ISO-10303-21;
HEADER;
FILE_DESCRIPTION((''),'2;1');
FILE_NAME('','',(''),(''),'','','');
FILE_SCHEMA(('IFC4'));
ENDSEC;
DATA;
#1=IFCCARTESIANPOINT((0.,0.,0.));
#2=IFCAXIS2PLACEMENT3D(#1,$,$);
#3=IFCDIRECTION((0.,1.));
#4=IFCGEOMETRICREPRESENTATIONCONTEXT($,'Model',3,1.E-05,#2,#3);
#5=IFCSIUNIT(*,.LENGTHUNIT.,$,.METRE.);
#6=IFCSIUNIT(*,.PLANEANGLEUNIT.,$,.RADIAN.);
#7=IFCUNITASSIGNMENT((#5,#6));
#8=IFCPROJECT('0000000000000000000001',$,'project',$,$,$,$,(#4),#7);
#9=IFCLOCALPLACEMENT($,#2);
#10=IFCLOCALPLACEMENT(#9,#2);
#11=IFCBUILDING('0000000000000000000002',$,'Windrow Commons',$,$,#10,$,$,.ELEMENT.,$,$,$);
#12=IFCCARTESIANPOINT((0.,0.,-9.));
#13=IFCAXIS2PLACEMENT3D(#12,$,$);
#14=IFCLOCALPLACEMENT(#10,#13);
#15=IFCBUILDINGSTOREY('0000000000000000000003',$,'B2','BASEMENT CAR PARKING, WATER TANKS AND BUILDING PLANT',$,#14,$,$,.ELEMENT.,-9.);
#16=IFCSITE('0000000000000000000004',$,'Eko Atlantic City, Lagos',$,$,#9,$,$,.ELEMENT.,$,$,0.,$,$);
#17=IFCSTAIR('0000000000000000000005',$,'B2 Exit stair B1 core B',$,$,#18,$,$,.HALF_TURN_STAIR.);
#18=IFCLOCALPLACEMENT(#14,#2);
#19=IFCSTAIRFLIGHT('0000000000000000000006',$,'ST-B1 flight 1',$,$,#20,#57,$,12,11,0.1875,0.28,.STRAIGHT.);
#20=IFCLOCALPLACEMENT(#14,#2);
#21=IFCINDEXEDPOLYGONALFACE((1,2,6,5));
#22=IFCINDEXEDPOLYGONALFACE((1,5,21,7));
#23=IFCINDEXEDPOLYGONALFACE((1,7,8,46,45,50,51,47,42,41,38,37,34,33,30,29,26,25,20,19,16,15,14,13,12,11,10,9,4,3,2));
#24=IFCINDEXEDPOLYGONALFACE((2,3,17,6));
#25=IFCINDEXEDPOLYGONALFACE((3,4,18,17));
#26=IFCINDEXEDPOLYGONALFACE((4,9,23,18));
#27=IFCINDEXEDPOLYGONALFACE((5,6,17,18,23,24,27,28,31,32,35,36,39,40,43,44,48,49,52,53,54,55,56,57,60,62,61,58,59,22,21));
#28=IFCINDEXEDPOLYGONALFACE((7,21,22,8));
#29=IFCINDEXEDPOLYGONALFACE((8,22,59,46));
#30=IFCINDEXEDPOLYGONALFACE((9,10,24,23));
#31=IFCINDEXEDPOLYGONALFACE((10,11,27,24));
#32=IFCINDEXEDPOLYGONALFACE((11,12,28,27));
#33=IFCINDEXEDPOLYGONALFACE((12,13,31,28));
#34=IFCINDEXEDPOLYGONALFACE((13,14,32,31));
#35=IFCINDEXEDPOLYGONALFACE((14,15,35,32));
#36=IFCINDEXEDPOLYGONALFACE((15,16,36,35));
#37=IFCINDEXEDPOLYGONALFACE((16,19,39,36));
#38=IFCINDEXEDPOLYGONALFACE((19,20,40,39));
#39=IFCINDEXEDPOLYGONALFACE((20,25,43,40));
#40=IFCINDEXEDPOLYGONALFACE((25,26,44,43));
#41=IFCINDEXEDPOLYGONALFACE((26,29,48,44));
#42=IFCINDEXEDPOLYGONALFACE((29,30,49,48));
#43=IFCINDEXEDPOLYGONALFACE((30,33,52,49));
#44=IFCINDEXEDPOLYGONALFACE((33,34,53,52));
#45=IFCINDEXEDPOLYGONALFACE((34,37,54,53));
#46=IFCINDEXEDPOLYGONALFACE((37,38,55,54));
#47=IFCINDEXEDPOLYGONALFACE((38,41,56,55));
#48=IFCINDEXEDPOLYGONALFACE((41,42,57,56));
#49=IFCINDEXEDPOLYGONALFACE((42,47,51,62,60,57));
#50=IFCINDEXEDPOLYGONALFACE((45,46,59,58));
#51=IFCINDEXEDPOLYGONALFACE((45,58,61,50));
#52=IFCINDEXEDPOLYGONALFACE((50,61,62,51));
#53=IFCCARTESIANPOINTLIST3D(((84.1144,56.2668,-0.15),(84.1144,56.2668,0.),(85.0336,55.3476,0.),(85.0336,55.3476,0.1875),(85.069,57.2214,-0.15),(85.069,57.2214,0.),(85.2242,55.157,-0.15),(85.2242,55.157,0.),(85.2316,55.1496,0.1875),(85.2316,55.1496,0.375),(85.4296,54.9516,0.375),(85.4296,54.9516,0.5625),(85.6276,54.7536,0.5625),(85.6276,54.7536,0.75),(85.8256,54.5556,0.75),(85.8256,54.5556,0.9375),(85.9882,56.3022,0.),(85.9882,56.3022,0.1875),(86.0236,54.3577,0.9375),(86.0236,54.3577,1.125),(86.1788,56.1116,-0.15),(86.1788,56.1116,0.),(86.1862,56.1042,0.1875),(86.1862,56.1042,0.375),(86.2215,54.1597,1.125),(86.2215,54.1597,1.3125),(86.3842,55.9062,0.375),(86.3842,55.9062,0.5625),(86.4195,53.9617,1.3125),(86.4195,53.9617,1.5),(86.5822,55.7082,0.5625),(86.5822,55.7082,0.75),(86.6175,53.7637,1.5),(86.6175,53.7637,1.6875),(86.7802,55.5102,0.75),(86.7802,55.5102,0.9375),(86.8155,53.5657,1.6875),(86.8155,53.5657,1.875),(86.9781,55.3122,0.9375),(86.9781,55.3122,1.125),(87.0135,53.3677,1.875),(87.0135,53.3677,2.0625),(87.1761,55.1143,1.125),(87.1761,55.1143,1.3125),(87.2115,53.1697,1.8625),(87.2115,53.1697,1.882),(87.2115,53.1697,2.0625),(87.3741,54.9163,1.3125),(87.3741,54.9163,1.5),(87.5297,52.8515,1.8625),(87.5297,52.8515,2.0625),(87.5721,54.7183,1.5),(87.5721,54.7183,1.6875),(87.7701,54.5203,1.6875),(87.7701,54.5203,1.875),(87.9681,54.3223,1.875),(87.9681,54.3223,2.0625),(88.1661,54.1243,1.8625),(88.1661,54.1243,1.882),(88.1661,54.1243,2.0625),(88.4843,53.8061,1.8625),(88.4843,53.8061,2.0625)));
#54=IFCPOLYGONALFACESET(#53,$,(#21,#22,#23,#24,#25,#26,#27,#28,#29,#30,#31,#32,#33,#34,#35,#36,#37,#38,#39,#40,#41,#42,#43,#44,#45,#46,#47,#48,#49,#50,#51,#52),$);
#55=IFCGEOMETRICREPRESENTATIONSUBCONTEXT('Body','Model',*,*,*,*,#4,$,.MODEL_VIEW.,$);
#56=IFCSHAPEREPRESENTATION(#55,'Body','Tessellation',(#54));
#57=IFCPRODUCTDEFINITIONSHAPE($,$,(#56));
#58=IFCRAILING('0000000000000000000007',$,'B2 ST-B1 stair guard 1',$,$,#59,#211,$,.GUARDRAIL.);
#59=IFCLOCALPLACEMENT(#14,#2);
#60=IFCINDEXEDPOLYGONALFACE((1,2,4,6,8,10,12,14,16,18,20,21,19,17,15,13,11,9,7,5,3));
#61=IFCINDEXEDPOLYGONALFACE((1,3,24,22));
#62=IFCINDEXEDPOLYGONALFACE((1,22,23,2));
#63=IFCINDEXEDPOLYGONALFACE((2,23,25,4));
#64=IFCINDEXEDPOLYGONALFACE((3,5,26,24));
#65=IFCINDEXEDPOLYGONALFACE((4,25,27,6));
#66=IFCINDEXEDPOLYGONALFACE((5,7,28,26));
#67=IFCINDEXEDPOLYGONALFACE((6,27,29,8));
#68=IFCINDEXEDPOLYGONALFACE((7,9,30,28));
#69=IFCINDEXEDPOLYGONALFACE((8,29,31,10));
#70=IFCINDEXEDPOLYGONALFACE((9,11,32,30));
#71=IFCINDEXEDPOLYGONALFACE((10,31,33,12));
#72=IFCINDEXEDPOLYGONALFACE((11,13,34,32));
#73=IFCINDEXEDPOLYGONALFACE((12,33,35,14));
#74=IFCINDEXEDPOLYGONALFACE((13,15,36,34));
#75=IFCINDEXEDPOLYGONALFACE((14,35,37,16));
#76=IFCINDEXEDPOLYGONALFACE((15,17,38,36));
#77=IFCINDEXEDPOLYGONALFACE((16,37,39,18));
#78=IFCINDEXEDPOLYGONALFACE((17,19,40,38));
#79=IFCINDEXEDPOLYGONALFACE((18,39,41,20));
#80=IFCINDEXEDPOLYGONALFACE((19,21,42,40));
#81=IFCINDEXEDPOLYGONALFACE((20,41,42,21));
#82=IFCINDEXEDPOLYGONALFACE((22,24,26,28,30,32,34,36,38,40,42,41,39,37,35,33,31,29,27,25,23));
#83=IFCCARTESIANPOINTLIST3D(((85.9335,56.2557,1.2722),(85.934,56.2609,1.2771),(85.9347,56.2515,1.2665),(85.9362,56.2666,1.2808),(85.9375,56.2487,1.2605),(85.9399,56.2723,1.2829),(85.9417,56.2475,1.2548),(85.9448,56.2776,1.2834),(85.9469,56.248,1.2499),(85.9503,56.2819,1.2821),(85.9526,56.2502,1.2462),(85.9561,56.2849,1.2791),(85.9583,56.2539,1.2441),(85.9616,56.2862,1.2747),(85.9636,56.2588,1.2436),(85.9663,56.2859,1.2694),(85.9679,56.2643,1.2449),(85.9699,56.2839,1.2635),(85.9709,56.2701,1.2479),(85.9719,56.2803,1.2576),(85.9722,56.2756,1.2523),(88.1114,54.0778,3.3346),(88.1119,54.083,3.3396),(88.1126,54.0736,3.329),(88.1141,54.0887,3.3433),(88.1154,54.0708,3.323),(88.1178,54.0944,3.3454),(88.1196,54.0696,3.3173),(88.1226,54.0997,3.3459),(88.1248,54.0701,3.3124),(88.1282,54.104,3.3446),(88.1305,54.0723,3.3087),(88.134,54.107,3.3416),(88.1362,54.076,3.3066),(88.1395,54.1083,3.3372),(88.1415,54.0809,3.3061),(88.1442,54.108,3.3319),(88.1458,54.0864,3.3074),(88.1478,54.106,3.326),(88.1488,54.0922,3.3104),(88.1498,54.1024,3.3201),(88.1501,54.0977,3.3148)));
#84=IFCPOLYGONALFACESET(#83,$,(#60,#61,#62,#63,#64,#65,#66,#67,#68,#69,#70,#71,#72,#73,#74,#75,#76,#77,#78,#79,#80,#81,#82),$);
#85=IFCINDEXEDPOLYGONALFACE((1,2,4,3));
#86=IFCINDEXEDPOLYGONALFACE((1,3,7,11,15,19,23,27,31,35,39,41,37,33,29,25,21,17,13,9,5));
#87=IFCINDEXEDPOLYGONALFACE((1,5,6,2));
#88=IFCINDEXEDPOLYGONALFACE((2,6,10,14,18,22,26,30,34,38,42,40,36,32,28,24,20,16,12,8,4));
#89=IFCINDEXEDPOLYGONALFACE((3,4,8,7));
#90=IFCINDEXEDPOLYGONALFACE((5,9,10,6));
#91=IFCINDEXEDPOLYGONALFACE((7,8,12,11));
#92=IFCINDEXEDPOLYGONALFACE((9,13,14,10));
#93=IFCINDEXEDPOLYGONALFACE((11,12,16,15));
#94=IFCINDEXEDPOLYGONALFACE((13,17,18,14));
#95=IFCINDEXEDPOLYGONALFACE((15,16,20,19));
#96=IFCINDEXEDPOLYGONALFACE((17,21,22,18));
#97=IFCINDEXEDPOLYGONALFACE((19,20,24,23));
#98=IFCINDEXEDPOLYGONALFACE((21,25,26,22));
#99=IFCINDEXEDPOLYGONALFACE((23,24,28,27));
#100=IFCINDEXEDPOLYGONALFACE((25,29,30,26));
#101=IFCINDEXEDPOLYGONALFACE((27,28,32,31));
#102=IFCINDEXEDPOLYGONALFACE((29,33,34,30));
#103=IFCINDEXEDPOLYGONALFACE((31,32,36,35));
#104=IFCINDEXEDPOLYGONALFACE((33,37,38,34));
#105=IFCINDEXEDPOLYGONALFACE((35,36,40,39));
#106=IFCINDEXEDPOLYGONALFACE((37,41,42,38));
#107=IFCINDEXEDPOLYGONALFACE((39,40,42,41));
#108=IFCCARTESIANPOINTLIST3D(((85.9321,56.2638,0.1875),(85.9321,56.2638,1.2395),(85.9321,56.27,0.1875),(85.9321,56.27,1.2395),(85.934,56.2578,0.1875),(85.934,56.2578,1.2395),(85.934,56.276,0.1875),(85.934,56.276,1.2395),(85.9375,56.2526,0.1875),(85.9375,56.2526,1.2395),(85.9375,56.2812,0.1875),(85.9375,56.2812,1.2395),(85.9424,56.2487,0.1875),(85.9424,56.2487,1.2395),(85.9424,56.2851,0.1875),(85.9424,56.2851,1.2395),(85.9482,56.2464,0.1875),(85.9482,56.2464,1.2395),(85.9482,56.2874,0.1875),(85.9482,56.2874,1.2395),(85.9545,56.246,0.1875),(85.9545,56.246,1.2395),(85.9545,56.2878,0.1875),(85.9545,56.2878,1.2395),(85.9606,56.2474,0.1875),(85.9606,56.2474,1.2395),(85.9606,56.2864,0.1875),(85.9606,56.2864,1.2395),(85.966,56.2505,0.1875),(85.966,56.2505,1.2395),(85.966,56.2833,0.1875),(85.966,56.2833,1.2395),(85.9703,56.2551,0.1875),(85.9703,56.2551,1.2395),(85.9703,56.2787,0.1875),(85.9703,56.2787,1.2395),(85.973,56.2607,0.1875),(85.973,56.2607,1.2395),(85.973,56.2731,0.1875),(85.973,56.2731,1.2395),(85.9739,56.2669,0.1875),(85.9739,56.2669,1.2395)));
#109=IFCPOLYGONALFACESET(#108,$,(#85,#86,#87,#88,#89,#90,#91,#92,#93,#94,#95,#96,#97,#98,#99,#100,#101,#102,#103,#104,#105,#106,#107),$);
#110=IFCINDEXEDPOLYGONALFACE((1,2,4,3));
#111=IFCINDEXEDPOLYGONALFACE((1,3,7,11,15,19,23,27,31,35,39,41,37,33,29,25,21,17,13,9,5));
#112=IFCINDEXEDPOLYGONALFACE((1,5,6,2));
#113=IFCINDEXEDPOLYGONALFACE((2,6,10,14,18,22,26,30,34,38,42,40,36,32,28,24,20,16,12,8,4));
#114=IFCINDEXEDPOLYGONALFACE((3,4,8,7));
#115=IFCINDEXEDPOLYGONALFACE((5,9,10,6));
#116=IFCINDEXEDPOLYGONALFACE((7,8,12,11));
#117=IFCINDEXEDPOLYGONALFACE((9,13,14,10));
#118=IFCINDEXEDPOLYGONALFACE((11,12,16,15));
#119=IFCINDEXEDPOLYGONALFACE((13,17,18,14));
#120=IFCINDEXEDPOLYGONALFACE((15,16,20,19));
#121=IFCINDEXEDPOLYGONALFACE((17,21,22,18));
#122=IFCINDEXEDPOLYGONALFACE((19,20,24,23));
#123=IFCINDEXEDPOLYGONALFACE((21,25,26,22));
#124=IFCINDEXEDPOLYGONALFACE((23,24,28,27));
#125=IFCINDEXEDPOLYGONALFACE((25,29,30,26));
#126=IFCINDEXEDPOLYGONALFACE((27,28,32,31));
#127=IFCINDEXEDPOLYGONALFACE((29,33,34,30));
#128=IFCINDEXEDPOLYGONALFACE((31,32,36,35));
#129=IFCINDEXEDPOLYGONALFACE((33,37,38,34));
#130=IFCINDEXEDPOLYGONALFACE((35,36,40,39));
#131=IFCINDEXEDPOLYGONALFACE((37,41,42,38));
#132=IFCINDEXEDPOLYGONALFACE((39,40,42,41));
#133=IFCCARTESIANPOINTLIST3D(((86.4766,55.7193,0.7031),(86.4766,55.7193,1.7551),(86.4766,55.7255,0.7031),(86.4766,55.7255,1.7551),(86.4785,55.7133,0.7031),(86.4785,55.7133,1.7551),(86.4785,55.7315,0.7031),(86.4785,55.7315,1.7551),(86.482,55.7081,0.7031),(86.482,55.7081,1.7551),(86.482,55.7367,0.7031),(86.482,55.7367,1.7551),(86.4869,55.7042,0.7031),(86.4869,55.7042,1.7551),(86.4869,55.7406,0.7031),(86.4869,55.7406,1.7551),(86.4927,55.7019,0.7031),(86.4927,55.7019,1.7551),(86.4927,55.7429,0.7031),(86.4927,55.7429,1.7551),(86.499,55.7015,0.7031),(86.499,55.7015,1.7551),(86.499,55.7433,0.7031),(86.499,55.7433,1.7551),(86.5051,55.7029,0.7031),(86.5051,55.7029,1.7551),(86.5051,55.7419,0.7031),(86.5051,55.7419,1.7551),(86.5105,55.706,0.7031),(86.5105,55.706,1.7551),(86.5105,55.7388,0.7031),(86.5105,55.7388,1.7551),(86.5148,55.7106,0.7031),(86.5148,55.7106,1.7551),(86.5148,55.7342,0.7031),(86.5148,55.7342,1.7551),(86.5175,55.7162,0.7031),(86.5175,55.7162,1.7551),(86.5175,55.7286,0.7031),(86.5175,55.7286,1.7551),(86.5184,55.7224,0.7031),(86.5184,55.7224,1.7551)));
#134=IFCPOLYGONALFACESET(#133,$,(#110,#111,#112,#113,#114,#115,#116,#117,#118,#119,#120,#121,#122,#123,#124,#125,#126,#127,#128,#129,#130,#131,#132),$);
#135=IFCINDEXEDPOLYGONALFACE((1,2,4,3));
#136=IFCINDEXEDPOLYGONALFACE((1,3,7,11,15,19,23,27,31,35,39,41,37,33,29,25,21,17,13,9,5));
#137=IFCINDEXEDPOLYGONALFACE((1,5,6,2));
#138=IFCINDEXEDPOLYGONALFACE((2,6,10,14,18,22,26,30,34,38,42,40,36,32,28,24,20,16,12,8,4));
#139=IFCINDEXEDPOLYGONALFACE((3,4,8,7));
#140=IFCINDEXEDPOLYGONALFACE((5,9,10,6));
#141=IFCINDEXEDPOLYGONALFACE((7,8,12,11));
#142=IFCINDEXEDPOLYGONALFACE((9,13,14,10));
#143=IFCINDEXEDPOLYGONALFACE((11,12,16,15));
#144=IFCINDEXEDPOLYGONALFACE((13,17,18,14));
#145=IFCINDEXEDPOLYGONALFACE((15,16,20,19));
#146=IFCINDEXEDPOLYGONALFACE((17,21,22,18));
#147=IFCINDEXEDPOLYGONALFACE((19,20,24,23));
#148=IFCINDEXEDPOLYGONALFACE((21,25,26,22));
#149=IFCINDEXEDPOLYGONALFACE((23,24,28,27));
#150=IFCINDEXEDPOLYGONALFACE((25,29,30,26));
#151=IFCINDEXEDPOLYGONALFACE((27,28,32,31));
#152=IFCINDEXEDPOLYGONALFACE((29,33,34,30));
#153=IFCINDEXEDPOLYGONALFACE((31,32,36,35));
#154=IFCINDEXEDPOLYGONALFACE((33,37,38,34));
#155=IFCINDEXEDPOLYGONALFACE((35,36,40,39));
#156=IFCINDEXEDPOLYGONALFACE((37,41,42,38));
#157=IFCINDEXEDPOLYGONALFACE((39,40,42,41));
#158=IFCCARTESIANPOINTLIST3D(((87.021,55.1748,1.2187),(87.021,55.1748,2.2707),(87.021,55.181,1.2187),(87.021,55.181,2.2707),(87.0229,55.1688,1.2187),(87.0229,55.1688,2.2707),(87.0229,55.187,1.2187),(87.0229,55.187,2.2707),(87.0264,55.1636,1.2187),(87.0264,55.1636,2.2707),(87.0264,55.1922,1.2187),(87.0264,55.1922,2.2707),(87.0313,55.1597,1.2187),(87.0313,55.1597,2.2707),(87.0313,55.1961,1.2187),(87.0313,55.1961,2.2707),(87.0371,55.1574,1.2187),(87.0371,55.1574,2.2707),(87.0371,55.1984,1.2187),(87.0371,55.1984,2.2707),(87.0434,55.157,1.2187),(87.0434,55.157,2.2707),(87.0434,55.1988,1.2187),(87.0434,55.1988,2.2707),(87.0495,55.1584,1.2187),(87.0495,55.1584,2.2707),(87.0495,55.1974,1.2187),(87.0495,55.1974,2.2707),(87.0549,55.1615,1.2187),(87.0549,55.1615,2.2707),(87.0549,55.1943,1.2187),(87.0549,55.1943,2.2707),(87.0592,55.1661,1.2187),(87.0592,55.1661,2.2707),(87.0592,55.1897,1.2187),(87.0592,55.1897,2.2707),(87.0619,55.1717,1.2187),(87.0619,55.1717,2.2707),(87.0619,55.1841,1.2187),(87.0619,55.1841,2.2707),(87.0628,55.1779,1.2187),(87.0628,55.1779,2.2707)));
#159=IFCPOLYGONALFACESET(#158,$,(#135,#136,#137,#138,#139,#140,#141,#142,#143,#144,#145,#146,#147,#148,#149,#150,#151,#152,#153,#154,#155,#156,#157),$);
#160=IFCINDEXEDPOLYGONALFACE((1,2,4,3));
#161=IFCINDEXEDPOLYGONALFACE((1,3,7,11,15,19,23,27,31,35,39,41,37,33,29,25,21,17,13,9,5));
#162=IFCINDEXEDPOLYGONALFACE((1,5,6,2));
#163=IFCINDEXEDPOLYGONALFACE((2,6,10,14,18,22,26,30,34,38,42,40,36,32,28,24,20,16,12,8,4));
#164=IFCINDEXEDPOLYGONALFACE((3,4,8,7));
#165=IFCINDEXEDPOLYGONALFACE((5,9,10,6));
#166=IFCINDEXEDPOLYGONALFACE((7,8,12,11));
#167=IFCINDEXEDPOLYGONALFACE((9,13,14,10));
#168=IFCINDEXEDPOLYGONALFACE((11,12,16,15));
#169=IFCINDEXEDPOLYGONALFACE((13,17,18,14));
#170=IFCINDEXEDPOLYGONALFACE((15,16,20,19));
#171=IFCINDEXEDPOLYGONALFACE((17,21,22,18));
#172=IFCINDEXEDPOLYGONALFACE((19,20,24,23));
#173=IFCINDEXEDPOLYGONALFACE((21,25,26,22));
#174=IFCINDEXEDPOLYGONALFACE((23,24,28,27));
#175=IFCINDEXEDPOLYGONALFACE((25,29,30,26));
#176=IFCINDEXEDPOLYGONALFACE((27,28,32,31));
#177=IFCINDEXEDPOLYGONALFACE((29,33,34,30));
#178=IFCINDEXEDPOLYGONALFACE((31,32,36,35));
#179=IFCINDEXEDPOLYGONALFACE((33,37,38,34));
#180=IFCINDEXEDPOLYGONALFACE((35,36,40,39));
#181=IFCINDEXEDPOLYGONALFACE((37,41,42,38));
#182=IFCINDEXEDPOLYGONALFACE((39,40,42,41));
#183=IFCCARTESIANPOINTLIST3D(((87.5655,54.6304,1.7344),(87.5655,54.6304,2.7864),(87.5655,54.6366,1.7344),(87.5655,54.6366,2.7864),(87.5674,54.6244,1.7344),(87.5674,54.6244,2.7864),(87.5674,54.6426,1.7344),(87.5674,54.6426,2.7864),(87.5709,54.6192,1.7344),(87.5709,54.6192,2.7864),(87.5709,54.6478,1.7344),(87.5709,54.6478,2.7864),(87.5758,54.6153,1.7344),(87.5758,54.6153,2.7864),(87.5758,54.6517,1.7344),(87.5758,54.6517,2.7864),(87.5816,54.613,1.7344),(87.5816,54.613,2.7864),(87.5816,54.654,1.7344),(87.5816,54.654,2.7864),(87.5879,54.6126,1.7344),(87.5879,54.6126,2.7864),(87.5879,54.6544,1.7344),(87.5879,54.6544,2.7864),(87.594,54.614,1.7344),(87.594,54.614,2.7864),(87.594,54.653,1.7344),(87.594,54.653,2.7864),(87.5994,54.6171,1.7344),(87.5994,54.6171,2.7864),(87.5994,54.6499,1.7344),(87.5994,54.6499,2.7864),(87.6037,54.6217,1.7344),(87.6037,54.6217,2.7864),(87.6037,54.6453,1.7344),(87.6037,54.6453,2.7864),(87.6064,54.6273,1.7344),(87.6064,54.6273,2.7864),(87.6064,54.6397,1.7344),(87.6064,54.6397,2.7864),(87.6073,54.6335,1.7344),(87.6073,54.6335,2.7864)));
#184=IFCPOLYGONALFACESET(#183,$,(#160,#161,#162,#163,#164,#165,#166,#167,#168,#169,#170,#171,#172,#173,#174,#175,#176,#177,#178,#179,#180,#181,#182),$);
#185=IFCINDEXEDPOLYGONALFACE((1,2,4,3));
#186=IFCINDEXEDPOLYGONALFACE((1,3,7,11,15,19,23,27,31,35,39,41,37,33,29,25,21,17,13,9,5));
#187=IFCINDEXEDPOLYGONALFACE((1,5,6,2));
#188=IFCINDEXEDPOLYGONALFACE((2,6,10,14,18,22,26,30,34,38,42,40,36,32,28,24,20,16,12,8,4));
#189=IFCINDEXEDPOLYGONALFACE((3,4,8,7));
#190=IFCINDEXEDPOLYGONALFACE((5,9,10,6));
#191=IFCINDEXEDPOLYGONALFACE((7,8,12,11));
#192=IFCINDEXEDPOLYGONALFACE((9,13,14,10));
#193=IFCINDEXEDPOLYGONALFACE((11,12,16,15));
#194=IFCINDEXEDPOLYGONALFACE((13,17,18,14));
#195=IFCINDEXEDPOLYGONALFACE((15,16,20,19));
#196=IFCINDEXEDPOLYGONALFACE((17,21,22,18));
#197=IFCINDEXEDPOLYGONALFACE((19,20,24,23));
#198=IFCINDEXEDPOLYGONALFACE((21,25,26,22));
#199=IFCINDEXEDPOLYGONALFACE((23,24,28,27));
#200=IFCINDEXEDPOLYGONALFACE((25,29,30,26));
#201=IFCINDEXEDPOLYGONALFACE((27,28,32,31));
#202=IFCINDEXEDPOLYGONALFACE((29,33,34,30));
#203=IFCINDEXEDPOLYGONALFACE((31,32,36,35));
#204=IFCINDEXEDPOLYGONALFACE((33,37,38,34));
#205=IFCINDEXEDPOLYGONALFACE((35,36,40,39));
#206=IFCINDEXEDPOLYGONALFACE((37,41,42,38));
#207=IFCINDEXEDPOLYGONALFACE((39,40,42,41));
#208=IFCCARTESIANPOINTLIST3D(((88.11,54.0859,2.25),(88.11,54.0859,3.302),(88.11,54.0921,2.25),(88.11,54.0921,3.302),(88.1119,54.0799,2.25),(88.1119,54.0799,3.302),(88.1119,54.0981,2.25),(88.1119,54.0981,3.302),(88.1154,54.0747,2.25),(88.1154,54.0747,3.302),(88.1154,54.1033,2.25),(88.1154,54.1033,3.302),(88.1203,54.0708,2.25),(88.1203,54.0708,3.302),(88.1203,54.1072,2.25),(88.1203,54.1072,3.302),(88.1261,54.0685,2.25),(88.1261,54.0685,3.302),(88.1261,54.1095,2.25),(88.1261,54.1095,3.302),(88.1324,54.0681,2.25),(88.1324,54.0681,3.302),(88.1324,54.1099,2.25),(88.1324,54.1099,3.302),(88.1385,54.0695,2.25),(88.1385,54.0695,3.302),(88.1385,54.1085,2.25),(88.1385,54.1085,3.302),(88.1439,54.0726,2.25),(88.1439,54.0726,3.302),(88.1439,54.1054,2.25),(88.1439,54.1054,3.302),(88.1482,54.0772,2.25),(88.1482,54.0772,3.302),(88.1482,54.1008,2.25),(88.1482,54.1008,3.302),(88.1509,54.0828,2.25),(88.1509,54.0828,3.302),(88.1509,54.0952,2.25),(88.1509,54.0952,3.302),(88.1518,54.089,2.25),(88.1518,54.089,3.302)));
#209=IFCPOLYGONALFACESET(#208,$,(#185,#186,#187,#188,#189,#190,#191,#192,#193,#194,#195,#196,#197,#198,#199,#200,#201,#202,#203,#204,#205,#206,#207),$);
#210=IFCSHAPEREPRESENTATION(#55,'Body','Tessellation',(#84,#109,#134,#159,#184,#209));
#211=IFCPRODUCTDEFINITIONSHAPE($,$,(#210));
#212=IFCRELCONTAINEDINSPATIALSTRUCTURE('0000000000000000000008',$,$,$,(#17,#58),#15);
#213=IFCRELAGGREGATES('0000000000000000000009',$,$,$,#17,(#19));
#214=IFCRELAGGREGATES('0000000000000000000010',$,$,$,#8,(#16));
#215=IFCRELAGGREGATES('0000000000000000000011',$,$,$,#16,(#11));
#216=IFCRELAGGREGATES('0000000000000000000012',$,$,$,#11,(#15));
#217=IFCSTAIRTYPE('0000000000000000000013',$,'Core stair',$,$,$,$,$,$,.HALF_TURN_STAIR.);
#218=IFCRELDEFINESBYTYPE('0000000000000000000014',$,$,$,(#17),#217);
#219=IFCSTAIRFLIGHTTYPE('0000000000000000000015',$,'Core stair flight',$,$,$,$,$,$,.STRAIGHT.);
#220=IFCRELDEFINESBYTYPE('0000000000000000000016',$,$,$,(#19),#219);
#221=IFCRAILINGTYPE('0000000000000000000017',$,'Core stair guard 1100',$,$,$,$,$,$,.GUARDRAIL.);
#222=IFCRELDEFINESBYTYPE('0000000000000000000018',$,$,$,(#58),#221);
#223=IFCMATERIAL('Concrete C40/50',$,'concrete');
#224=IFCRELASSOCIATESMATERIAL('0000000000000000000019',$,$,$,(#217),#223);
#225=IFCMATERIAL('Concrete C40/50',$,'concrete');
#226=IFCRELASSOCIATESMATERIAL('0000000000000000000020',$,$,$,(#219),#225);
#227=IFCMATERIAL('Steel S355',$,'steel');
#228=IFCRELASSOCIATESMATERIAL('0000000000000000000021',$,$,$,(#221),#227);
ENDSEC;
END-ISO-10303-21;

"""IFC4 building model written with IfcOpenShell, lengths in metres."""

from ifc_helpers import new_model, si_unit, direction, frame, origin, origin_2d, place, context, subcontext, project, spatial, polyline, circle, outline, extrude, material, type_object, element, aggregate, save


model = new_model("IFC4")

# Units and contexts
model_context = context("Model", 3, precision=1e-05, world=origin(), true_north=direction((0.0, 1.0)))
body_context = subcontext(model_context, "Body", "Model", "MODEL_VIEW")
ifc_project = project(units=[si_unit("LENGTHUNIT", "METRE"), si_unit("PLANEANGLEUNIT", "RADIAN")], contexts=[model_context])

# Site, building, storey
site_placement = place(None, origin())
site = spatial("IfcSite", under=ifc_project, at=site_placement, Name="Eko Atlantic City, Lagos", CompositionType="ELEMENT", RefElevation=0.0)
building_placement = place(site_placement, origin())
building = spatial("IfcBuilding", under=site, at=building_placement, Name="Windrow Commons", CompositionType="ELEMENT")
storey_placement = place(building_placement, frame((0.0, 0.0, -9.0)))
storey = spatial("IfcBuildingStorey", under=building, at=storey_placement, Name="B2", Description="BASEMENT CAR PARKING, WATER TANKS AND BUILDING PLANT", CompositionType="ELEMENT", Elevation=-9.0)

# Stair, stair flight
ifc_material_1 = material(Name="Concrete C40/50", Category="concrete")
stair_type = type_object("IfcStairType", Name="Core stair", PredefinedType="HALF_TURN_STAIR", material=ifc_material_1)
stair_placement = place(storey_placement, origin())
stair = element("IfcStair", 1, at=stair_placement, inside=storey, type_object=stair_type, Name="B2 Exit stair B1 core B", PredefinedType="HALF_TURN_STAIR")
ifc_material_2 = material(Name="Concrete C40/50", Category="concrete")
stair_flight_type = type_object("IfcStairFlightType", Name="Core stair flight", PredefinedType="STRAIGHT", material=ifc_material_2)
stair_flight_placement = place(storey_placement, frame((85.5109, 55.8249, 0.0), z_axis=(0.0, 0.0, 1.0), x_axis=(0.707107, -0.707107, 0.0)))
stair_flight = element("IfcStairFlight", 2, at=stair_flight_placement, type_object=stair_flight_type, Name="ST-B1 flight 1", NumberOfRisers=12, NumberOfTreads=11, PredefinedType="STRAIGHT", RiserHeight=0.1875, TreadLength=0.28, context=body_context, shape_type="SweptSolid", body=[
    extrude(outline(polyline([(-1.3, -0.15), (-1.3, 0.0), (0.0, 0.0), (0.0, 0.1875), (0.28, 0.1875), (0.28, 0.375), (0.56, 0.375), (0.56, 0.5625), (0.84, 0.5625), (0.84, 0.75), (1.12, 0.75), (1.12, 0.9375), (1.4, 0.9375), (1.4, 1.125), (1.68, 1.125), (1.68, 1.3125), (1.96, 1.3125), (1.96, 1.5), (2.24, 1.5), (2.24, 1.6875), (2.52, 1.6875), (2.52, 1.875), (2.8, 1.875), (2.8, 2.0625), (3.08, 2.0625), (3.53, 2.0625), (3.53, 1.8625), (3.08, 1.8625), (3.08, 1.882), (0.2696, 0.0), (0.2696, -0.15), (-1.3, -0.15)])), frame((0.0, 0.675, 0.0), z_axis=(0.0, -1.0, 0.0), x_axis=(1.0, 0.0, 0.0)), (0.0, 0.0, 1.0), 1.35),
])
aggregate(stair, [stair_flight])

# Railing
ifc_material_3 = material(Name="Steel S355", Category="steel")
railing_type_1 = type_object("IfcRailingType", Name="Core stair guard 1100", PredefinedType="GUARDRAIL", material=ifc_material_3)
railing_1_placement = place(storey_placement, frame((85.9529, 56.2669, 0.1875)))
element("IfcRailing", 3, at=railing_1_placement, inside=storey, type_object=railing_type_1, Name="B2 ST-B1 stair guard 1", PredefinedType="GUARDRAIL", context=body_context, shape_type="SweptSolid", body=[
    extrude(circle(Radius=0.024, at=origin_2d()), frame((0.0, 0.0, 1.076), z_axis=(0.587541, -0.587541, 0.556409), x_axis=(0.707107, 0.707107, 0.0)), (0.0, 0.0, 1.0), 3.7068),
    extrude(circle(Radius=0.021, at=origin_2d()), origin(), (0.0, 0.0, 1.0), 1.052),
    extrude(circle(Radius=0.021, at=origin_2d()), frame((0.5445, -0.5445, 0.5156)), (0.0, 0.0, 1.0), 1.052),
    extrude(circle(Radius=0.021, at=origin_2d()), frame((1.0889, -1.089, 1.0312)), (0.0, 0.0, 1.0), 1.052),
    extrude(circle(Radius=0.021, at=origin_2d()), frame((1.6334, -1.6334, 1.5469)), (0.0, 0.0, 1.0), 1.052),
    extrude(circle(Radius=0.021, at=origin_2d()), frame((2.1779, -2.1779, 2.0625)), (0.0, 0.0, 1.0), 1.052),
])

save(model, "model.ifc")
